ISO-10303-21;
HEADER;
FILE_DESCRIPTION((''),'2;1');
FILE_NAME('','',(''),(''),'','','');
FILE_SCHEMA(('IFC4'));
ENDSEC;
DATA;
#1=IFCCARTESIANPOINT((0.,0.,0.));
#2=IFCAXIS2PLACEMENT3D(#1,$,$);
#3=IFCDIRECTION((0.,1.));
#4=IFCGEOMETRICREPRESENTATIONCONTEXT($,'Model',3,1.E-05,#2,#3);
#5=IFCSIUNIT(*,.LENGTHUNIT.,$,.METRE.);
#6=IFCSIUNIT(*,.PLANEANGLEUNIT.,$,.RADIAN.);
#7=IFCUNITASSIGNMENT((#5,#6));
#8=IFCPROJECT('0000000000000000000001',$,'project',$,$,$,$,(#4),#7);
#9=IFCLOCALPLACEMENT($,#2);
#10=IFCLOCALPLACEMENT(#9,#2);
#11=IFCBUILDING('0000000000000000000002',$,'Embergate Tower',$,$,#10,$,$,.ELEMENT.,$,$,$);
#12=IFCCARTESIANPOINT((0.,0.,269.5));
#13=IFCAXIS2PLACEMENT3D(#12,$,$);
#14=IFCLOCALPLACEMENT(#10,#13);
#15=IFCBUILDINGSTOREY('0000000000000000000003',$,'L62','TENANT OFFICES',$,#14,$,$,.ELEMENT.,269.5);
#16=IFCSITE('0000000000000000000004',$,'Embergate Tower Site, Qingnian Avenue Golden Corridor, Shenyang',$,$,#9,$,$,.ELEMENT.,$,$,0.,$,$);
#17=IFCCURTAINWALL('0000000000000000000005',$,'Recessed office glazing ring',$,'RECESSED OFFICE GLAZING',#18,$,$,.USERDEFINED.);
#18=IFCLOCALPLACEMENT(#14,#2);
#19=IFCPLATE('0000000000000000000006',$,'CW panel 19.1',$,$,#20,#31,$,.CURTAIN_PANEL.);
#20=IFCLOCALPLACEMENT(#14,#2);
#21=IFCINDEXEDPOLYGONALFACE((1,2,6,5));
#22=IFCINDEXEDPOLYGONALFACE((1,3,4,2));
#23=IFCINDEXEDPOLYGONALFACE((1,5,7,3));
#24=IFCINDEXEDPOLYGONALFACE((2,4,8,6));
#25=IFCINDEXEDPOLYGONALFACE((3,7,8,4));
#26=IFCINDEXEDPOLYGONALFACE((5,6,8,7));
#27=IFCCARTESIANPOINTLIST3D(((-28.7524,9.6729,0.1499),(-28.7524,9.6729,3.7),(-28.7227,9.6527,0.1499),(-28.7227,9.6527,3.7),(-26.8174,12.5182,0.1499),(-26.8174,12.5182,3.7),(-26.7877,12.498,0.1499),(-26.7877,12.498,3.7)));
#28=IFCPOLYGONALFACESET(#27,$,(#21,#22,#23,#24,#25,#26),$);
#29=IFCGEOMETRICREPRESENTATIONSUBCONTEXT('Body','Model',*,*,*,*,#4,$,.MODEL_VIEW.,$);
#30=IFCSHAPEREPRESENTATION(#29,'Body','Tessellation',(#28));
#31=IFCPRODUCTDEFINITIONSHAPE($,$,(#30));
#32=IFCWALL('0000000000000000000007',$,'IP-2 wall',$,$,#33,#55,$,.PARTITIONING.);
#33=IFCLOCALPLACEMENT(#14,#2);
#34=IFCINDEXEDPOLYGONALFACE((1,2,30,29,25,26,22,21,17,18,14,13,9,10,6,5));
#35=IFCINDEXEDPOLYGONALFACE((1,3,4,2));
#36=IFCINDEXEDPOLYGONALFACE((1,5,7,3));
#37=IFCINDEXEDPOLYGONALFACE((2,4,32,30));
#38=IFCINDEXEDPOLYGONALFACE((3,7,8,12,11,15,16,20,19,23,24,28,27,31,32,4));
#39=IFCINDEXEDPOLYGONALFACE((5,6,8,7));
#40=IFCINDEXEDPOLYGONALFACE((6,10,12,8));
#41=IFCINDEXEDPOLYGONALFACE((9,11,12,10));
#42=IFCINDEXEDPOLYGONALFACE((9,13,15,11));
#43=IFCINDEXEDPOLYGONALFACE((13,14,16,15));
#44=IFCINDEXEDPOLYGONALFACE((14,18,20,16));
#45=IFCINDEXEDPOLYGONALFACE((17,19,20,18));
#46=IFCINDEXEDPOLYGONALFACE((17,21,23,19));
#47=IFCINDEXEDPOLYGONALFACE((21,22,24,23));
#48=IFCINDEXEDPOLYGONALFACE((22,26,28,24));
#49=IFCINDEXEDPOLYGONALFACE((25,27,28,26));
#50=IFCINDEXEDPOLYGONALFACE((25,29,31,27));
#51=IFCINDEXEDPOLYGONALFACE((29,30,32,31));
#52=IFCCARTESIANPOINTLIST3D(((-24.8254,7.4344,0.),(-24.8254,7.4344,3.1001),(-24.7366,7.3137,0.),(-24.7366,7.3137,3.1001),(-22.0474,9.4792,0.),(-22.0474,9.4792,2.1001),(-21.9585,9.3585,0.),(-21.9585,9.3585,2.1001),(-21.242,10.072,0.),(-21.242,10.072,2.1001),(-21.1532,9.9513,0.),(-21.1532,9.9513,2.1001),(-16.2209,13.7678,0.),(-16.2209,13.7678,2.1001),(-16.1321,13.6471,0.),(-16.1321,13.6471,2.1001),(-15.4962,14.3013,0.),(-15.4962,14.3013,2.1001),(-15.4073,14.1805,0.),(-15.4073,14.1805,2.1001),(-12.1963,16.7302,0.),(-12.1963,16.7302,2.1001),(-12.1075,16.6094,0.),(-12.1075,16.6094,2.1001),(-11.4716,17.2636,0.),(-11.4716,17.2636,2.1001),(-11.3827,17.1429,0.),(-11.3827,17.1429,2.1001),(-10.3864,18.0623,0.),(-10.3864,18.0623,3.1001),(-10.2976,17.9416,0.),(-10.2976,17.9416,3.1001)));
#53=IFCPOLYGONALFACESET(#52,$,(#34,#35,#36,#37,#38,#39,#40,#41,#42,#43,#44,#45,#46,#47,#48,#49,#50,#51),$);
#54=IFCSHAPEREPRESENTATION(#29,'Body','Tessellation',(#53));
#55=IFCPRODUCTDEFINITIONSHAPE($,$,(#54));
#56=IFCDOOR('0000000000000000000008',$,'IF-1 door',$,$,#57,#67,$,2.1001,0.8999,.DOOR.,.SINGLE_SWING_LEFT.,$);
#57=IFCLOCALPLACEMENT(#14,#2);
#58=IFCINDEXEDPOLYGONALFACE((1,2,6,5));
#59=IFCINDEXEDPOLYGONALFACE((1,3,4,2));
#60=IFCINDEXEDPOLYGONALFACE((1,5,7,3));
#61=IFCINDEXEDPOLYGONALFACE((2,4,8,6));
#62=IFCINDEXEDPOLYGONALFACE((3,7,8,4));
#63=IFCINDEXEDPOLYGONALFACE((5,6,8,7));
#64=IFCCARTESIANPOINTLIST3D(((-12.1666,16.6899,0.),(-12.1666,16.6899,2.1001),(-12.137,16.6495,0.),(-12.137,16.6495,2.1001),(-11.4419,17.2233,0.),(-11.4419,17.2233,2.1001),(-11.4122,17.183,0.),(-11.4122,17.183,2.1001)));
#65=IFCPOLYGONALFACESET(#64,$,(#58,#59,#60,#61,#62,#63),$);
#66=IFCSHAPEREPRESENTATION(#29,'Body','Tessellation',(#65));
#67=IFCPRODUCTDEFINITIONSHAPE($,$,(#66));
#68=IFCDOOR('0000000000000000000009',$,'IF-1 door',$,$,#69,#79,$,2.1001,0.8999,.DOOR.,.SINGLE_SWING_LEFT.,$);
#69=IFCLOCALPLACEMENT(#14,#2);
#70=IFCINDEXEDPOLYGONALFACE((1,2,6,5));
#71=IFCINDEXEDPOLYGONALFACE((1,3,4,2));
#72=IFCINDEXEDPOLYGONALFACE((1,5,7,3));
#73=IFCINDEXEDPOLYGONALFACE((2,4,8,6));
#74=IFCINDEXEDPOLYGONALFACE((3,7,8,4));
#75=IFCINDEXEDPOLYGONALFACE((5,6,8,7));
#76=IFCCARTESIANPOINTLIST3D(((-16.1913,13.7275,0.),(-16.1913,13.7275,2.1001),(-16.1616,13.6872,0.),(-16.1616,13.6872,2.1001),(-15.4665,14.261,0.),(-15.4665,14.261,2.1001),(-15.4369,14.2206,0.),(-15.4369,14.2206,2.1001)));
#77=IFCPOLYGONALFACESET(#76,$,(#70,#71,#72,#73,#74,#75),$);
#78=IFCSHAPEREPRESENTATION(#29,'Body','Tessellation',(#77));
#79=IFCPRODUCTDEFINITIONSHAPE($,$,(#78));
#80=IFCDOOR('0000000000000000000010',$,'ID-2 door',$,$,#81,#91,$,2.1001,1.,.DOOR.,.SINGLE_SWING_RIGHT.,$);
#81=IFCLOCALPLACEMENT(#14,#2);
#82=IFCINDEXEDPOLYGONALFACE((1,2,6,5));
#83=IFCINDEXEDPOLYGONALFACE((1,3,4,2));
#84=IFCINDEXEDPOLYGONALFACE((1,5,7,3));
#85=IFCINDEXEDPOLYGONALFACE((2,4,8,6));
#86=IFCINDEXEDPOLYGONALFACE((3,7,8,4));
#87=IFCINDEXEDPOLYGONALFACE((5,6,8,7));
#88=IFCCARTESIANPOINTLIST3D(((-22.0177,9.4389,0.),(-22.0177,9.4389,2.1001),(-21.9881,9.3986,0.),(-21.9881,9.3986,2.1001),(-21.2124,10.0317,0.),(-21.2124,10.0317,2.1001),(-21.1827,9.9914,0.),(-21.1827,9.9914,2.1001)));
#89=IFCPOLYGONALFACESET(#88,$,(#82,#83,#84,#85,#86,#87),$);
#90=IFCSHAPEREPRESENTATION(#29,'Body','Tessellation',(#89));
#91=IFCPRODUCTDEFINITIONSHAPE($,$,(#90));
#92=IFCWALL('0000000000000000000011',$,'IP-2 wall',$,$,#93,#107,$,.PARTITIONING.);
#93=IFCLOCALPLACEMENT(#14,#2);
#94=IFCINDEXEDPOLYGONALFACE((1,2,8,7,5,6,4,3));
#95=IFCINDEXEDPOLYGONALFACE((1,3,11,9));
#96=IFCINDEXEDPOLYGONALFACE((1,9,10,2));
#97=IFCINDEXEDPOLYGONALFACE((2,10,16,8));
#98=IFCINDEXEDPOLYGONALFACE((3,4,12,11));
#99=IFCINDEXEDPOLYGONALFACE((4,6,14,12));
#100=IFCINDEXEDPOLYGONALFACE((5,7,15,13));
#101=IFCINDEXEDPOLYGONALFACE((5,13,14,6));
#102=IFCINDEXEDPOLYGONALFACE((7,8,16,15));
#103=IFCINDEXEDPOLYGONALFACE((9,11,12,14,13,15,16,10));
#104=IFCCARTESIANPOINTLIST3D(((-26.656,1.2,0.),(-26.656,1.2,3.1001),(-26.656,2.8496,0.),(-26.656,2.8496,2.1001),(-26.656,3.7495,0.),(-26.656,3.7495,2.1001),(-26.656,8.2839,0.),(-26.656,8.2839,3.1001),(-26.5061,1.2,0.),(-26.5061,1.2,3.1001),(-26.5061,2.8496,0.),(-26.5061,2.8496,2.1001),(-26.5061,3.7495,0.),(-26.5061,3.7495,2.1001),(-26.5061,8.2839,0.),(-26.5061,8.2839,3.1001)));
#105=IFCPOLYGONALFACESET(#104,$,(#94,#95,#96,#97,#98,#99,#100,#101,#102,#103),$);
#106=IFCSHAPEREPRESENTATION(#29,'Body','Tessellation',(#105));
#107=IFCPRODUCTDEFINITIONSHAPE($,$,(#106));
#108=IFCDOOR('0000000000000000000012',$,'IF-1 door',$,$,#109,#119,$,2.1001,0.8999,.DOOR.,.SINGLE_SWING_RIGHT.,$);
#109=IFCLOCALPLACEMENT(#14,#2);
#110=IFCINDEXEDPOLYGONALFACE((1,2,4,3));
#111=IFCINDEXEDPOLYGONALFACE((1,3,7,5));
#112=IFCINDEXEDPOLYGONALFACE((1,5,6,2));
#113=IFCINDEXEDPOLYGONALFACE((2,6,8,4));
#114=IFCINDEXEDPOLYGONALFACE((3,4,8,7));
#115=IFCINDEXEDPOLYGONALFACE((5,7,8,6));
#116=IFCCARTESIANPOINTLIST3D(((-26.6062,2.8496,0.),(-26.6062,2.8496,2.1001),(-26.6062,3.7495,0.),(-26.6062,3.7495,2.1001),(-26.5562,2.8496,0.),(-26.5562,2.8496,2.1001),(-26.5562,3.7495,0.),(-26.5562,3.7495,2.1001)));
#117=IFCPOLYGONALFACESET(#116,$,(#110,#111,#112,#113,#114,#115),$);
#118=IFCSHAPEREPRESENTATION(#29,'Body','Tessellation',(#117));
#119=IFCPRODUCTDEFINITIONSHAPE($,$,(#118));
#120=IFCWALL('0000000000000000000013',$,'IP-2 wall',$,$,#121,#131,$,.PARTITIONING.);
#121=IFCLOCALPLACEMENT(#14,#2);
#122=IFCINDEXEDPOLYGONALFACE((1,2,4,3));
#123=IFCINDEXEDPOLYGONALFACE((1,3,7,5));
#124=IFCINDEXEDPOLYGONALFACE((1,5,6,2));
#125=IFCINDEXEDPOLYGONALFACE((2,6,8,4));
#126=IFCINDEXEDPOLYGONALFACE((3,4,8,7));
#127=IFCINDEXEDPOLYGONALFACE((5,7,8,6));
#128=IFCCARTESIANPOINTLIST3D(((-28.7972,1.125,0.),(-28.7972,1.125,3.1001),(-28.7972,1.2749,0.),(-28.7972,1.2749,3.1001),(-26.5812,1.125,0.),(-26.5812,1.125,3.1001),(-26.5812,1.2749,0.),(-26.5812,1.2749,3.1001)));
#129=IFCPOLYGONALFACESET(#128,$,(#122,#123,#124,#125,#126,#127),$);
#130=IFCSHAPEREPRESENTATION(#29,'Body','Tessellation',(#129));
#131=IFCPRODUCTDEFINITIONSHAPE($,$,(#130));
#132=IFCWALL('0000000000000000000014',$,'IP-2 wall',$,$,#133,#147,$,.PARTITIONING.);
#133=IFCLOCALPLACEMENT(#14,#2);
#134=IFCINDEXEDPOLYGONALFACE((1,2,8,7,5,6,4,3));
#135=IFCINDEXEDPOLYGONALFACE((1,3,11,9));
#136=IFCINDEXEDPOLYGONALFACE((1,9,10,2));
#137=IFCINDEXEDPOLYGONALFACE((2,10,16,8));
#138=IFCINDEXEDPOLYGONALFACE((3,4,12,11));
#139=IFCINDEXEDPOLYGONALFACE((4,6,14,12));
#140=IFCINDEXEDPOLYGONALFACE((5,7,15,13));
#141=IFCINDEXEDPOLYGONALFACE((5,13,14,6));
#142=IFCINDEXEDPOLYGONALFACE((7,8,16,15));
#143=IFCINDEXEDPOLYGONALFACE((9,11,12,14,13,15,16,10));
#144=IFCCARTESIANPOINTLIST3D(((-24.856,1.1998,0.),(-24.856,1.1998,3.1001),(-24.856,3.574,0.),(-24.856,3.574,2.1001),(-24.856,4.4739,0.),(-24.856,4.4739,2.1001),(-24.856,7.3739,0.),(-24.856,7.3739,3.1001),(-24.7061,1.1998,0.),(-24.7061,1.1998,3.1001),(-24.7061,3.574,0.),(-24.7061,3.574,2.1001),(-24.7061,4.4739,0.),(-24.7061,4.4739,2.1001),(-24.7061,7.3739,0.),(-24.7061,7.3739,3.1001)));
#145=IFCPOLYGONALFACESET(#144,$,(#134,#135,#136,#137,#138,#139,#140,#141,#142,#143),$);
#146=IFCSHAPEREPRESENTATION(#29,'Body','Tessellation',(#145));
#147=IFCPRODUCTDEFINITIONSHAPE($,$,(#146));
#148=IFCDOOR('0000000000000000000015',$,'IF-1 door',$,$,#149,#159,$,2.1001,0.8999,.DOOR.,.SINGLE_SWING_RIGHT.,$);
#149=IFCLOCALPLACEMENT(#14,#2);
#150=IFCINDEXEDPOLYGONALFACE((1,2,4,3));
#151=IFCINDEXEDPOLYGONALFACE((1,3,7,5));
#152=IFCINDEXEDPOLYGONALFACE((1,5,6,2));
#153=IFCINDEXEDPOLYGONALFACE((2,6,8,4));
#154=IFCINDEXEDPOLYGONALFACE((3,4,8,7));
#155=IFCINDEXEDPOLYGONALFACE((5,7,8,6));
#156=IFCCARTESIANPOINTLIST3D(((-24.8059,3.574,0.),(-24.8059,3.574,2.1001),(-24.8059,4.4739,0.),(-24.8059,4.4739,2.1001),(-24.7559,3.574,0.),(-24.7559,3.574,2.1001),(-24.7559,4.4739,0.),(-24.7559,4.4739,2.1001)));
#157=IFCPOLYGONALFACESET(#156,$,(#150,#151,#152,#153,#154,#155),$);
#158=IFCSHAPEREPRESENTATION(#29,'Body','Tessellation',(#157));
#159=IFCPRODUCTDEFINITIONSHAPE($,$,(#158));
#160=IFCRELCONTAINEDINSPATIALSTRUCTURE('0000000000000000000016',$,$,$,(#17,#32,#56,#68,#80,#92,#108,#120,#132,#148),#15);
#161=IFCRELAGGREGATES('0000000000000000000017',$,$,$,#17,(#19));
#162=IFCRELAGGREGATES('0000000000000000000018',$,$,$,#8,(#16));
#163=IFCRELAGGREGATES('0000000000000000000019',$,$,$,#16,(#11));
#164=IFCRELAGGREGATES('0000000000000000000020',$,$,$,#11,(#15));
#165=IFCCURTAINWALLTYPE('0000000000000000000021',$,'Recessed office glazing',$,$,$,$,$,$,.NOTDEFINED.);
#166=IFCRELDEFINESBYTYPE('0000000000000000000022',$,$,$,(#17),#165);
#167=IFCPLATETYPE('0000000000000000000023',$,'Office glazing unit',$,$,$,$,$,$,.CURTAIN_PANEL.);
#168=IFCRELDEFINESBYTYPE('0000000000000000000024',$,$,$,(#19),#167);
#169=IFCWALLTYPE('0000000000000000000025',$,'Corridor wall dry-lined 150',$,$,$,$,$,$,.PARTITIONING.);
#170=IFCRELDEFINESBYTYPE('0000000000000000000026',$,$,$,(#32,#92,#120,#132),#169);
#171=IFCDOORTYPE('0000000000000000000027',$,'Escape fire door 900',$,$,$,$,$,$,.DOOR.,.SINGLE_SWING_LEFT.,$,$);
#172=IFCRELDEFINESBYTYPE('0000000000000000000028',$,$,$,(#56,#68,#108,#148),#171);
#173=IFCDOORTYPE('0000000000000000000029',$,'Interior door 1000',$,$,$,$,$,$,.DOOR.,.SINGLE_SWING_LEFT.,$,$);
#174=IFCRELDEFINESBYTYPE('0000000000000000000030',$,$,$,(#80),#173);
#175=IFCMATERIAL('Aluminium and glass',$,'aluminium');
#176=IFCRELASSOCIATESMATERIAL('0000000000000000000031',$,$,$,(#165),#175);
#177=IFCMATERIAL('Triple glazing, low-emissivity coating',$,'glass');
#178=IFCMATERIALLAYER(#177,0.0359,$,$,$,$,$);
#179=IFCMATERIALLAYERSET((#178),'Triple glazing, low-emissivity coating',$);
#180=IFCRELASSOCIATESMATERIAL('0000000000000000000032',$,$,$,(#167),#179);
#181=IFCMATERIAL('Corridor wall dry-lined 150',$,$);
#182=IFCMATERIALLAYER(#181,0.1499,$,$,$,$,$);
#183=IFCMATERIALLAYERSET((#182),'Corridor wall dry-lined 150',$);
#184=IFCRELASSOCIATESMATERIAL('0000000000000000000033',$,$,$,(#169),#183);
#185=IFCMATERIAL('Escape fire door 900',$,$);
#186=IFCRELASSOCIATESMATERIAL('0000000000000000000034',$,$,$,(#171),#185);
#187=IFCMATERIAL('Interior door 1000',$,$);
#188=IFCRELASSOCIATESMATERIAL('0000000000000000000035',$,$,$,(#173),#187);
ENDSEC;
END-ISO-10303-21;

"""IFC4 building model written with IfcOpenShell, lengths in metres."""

from ifc_helpers import new_model, si_unit, direction, frame, frame_2d, origin, origin_2d, place, context, subcontext, project, spatial, rectangle, extrude, source, transform, mapped, material, layer, layer_set, type_object, element, fill, aggregate, save


model = new_model("IFC4")

# Units and contexts
model_context = context("Model", 3, precision=1e-05, world=origin(), true_north=direction((0.0, 1.0)))
body_context = subcontext(model_context, "Body", "Model", "MODEL_VIEW")
ifc_project = project(units=[si_unit("LENGTHUNIT", "METRE"), si_unit("PLANEANGLEUNIT", "RADIAN")], contexts=[model_context])

# Site, building, storey
site_placement = place(None, origin())
site = spatial("IfcSite", under=ifc_project, at=site_placement, Name="Embergate Tower Site, Qingnian Avenue Golden Corridor, Shenyang", CompositionType="ELEMENT", RefElevation=0.0)
building_placement = place(site_placement, origin())
building = spatial("IfcBuilding", under=site, at=building_placement, Name="Embergate Tower", CompositionType="ELEMENT")
storey_placement = place(building_placement, frame((0.0, 0.0, 269.5)))
storey = spatial("IfcBuildingStorey", under=building, at=storey_placement, Name="L62", Description="TENANT OFFICES", CompositionType="ELEMENT", Elevation=269.5)

# Curtain wall, plate
ifc_material_1 = material(Name="Aluminium and glass", Category="aluminium")
curtain_wall_type = type_object("IfcCurtainWallType", Name="Recessed office glazing", PredefinedType="NOTDEFINED", material=ifc_material_1)
curtain_wall_placement = place(storey_placement, origin())
curtain_wall = element("IfcCurtainWall", 1, at=curtain_wall_placement, inside=storey, type_object=curtain_wall_type, Name="Recessed office glazing ring", ObjectType="RECESSED OFFICE GLAZING", PredefinedType="USERDEFINED")
ifc_material_2 = material(Name="Triple glazing, low-emissivity coating", Category="glass")
ifc_layer_1 = layer(ifc_material_2, 0.0359)
ifc_layer_set_1 = layer_set([ifc_layer_1], Name="Triple glazing, low-emissivity coating")
plate_type = type_object("IfcPlateType", Name="Office glazing unit", PredefinedType="CURTAIN_PANEL", material=ifc_layer_set_1)
shared_shape_1 = source(origin(), body_context, "Body", "SweptSolid", [
    extrude(rectangle(XDim=3.4409, YDim=0.0359, at=origin_2d()), origin(), (0.0, 0.0, 1.0), 3.55),
])
plate_1_placement = place(storey_placement, frame((-27.77, 11.0854, 0.1499), z_axis=(0.0, 0.0, 1.0), x_axis=(-0.562349, -0.8269, 0.0)))
plate_1 = element("IfcPlate", 2, at=plate_1_placement, type_object=plate_type, Name="CW panel 19.1", PredefinedType="CURTAIN_PANEL", context=body_context, shape_type="MappedRepresentation", body=[
    mapped(shared_shape_1, transform((0.0, 0.0, 0.0))),
])
aggregate(curtain_wall, [plate_1])

# Wall, openings, doors
ifc_material_3 = material(Name="Corridor wall dry-lined 150")
ifc_layer_2 = layer(ifc_material_3, 0.1499)
ifc_layer_set_2 = layer_set([ifc_layer_2], Name="Corridor wall dry-lined 150")
wall_type_1 = type_object("IfcWallType", Name="Corridor wall dry-lined 150", PredefinedType="PARTITIONING", material=ifc_layer_set_2)
shared_shape_2 = source(origin(), body_context, "Body", "SweptSolid", [
    extrude(rectangle(XDim=17.9287, YDim=0.1499, at=frame_2d((8.9644, 0.0))), origin(), (0.0, 0.0, 1.0), 3.1001),
])
wall_1_placement = place(storey_placement, frame((-24.781, 7.374, 0.0), z_axis=(0.0, 0.0, 1.0), x_axis=(0.805357, 0.59279, 0.0)))
wall_1 = element("IfcWall", 3, at=wall_1_placement, inside=storey, type_object=wall_type_1, Name="IP-2 wall", PredefinedType="PARTITIONING", context=body_context, shape_type="MappedRepresentation", body=[
    mapped(shared_shape_2, transform((0.0, 0.0, 0.0))),
])
shared_shape_3 = source(origin(), body_context, "Body", "SweptSolid", [
    extrude(rectangle(XDim=0.8999, YDim=2.1001, at=frame_2d((0.45, 1.05))), frame((0.0, 0.085, 0.0), z_axis=(0.0, -1.0, 0.0), x_axis=(1.0, 0.0, 0.0)), (0.0, 0.0, 1.0), 0.1699),
])
opening_1_placement = place(wall_1_placement, frame((15.6814, 0.0, 0.0)))
opening_1 = element("IfcOpeningElement", 4, at=opening_1_placement, cuts=wall_1, PredefinedType="OPENING", context=body_context, shape_type="MappedRepresentation", body=[
    mapped(shared_shape_3, transform((0.0, 0.0, 0.0))),
])
opening_2_placement = place(wall_1_placement, frame((10.6841, 0.0, 0.0)))
opening_2 = element("IfcOpeningElement", 5, at=opening_2_placement, cuts=wall_1, PredefinedType="OPENING", context=body_context, shape_type="MappedRepresentation", body=[
    mapped(shared_shape_3, transform((0.0, 0.0, 0.0))),
])
shared_shape_4 = source(origin(), body_context, "Body", "SweptSolid", [
    extrude(rectangle(XDim=1.0, YDim=2.1001, at=frame_2d((0.5, 1.05))), frame((0.0, 0.085, 0.0), z_axis=(0.0, -1.0, 0.0), x_axis=(1.0, 0.0, 0.0)), (0.0, 0.0, 1.0), 0.1699),
])
opening_3_placement = place(wall_1_placement, frame((3.4495, 0.0, 0.0)))
opening_3 = element("IfcOpeningElement", 6, at=opening_3_placement, cuts=wall_1, PredefinedType="OPENING", context=body_context, shape_type="MappedRepresentation", body=[
    mapped(shared_shape_4, transform((0.0, 0.0, 0.0))),
])
ifc_material_4 = material(Name="Escape fire door 900")
door_type_1 = type_object("IfcDoorType", Name="Escape fire door 900", OperationType="SINGLE_SWING_LEFT", PredefinedType="DOOR", material=ifc_material_4)
shared_shape_5 = source(origin(), body_context, "Body", "SweptSolid", [
    extrude(rectangle(XDim=0.8999, YDim=2.1001, at=frame_2d((0.45, 1.05))), frame((0.0, 0.0249, 0.0), z_axis=(0.0, -1.0, 0.0), x_axis=(1.0, 0.0, 0.0)), (0.0, 0.0, 1.0), 0.05),
])
door_1_placement = place(opening_1_placement, origin())
door_1 = element("IfcDoor", 7, at=door_1_placement, inside=storey, type_object=door_type_1, Name="IF-1 door", OperationType="SINGLE_SWING_LEFT", OverallHeight=2.1001, OverallWidth=0.8999, PredefinedType="DOOR", context=body_context, shape_type="MappedRepresentation", body=[
    mapped(shared_shape_5, transform((0.0, 0.0, 0.0))),
])
fill(opening_1, door_1)
door_2_placement = place(opening_2_placement, origin())
door_2 = element("IfcDoor", 8, at=door_2_placement, inside=storey, type_object=door_type_1, Name="IF-1 door", OperationType="SINGLE_SWING_LEFT", OverallHeight=2.1001, OverallWidth=0.8999, PredefinedType="DOOR", context=body_context, shape_type="MappedRepresentation", body=[
    mapped(shared_shape_5, transform((0.0, 0.0, 0.0))),
])
fill(opening_2, door_2)
ifc_material_5 = material(Name="Interior door 1000")
door_type_2 = type_object("IfcDoorType", Name="Interior door 1000", OperationType="SINGLE_SWING_LEFT", PredefinedType="DOOR", material=ifc_material_5)
shared_shape_6 = source(origin(), body_context, "Body", "SweptSolid", [
    extrude(rectangle(XDim=1.0, YDim=2.1001, at=frame_2d((0.5, 1.05))), frame((0.0, 0.0249, 0.0), z_axis=(0.0, -1.0, 0.0), x_axis=(1.0, 0.0, 0.0)), (0.0, 0.0, 1.0), 0.05),
])
door_3_placement = place(opening_3_placement, origin())
door_3 = element("IfcDoor", 9, at=door_3_placement, inside=storey, type_object=door_type_2, Name="ID-2 door", OperationType="SINGLE_SWING_RIGHT", OverallHeight=2.1001, OverallWidth=1.0, PredefinedType="DOOR", context=body_context, shape_type="MappedRepresentation", body=[
    mapped(shared_shape_6, transform((0.0, 0.0, 0.0))),
])
fill(opening_3, door_3)

# Wall, opening, door
shared_shape_7 = source(origin(), body_context, "Body", "SweptSolid", [
    extrude(rectangle(XDim=7.084, YDim=0.1499, at=frame_2d((3.542, 0.0))), origin(), (0.0, 0.0, 1.0), 3.1001),
])
wall_2_placement = place(storey_placement, frame((-26.5811, 8.2839, 0.0), z_axis=(0.0, 0.0, 1.0), x_axis=(0.0, -1.0, 0.0)))
wall_2 = element("IfcWall", 10, at=wall_2_placement, inside=storey, type_object=wall_type_1, Name="IP-2 wall", PredefinedType="PARTITIONING", context=body_context, shape_type="MappedRepresentation", body=[
    mapped(shared_shape_7, transform((0.0, 0.0, 0.0))),
])
opening_4_placement = place(wall_2_placement, frame((4.5344, 0.0, 0.0)))
opening_4 = element("IfcOpeningElement", 11, at=opening_4_placement, cuts=wall_2, PredefinedType="OPENING", context=body_context, shape_type="MappedRepresentation", body=[
    mapped(shared_shape_3, transform((0.0, 0.0, 0.0))),
])
door_4_placement = place(opening_4_placement, origin())
door_4 = element("IfcDoor", 12, at=door_4_placement, inside=storey, type_object=door_type_1, Name="IF-1 door", OperationType="SINGLE_SWING_RIGHT", OverallHeight=2.1001, OverallWidth=0.8999, PredefinedType="DOOR", context=body_context, shape_type="MappedRepresentation", body=[
    mapped(shared_shape_5, transform((0.0, 0.0, 0.0))),
])
fill(opening_4, door_4)

# Wall
shared_shape_8 = source(origin(), body_context, "Body", "SweptSolid", [
    extrude(rectangle(XDim=2.2161, YDim=0.1499, at=frame_2d((1.1079, 0.0))), origin(), (0.0, 0.0, 1.0), 3.1001),
])
wall_3_placement = place(storey_placement, frame((-28.7971, 1.2, 0.0), z_axis=(0.0, 0.0, 1.0), x_axis=(1.0, 0.0, 0.0)))
element("IfcWall", 13, at=wall_3_placement, inside=storey, type_object=wall_type_1, Name="IP-2 wall", PredefinedType="PARTITIONING", context=body_context, shape_type="MappedRepresentation", body=[
    mapped(shared_shape_8, transform((0.0, 0.0, 0.0))),
])

# Wall, opening, door
shared_shape_9 = source(origin(), body_context, "Body", "SweptSolid", [
    extrude(rectangle(XDim=6.1741, YDim=0.1499, at=frame_2d((3.0869, 0.0))), origin(), (0.0, 0.0, 1.0), 3.1001),
])
wall_4_placement = place(storey_placement, frame((-24.781, 1.2, 0.0), z_axis=(0.0, 0.0, 1.0), x_axis=(0.0, 1.0, 0.0)))
wall_4 = element("IfcWall", 14, at=wall_4_placement, inside=storey, type_object=wall_type_1, Name="IP-2 wall", PredefinedType="PARTITIONING", context=body_context, shape_type="MappedRepresentation", body=[
    mapped(shared_shape_9, transform((0.0, 0.0, 0.0))),
])
opening_5_placement = place(wall_4_placement, frame((2.374, 0.0, 0.0)))
opening_5 = element("IfcOpeningElement", 15, at=opening_5_placement, cuts=wall_4, PredefinedType="OPENING", context=body_context, shape_type="MappedRepresentation", body=[
    mapped(shared_shape_3, transform((0.0, 0.0, 0.0))),
])
door_5_placement = place(opening_5_placement, origin())
door_5 = element("IfcDoor", 16, at=door_5_placement, inside=storey, type_object=door_type_1, Name="IF-1 door", OperationType="SINGLE_SWING_RIGHT", OverallHeight=2.1001, OverallWidth=0.8999, PredefinedType="DOOR", context=body_context, shape_type="MappedRepresentation", body=[
    mapped(shared_shape_5, transform((0.0, 0.0, 0.0))),
])
fill(opening_5, door_5)

save(model, "model.ifc")
